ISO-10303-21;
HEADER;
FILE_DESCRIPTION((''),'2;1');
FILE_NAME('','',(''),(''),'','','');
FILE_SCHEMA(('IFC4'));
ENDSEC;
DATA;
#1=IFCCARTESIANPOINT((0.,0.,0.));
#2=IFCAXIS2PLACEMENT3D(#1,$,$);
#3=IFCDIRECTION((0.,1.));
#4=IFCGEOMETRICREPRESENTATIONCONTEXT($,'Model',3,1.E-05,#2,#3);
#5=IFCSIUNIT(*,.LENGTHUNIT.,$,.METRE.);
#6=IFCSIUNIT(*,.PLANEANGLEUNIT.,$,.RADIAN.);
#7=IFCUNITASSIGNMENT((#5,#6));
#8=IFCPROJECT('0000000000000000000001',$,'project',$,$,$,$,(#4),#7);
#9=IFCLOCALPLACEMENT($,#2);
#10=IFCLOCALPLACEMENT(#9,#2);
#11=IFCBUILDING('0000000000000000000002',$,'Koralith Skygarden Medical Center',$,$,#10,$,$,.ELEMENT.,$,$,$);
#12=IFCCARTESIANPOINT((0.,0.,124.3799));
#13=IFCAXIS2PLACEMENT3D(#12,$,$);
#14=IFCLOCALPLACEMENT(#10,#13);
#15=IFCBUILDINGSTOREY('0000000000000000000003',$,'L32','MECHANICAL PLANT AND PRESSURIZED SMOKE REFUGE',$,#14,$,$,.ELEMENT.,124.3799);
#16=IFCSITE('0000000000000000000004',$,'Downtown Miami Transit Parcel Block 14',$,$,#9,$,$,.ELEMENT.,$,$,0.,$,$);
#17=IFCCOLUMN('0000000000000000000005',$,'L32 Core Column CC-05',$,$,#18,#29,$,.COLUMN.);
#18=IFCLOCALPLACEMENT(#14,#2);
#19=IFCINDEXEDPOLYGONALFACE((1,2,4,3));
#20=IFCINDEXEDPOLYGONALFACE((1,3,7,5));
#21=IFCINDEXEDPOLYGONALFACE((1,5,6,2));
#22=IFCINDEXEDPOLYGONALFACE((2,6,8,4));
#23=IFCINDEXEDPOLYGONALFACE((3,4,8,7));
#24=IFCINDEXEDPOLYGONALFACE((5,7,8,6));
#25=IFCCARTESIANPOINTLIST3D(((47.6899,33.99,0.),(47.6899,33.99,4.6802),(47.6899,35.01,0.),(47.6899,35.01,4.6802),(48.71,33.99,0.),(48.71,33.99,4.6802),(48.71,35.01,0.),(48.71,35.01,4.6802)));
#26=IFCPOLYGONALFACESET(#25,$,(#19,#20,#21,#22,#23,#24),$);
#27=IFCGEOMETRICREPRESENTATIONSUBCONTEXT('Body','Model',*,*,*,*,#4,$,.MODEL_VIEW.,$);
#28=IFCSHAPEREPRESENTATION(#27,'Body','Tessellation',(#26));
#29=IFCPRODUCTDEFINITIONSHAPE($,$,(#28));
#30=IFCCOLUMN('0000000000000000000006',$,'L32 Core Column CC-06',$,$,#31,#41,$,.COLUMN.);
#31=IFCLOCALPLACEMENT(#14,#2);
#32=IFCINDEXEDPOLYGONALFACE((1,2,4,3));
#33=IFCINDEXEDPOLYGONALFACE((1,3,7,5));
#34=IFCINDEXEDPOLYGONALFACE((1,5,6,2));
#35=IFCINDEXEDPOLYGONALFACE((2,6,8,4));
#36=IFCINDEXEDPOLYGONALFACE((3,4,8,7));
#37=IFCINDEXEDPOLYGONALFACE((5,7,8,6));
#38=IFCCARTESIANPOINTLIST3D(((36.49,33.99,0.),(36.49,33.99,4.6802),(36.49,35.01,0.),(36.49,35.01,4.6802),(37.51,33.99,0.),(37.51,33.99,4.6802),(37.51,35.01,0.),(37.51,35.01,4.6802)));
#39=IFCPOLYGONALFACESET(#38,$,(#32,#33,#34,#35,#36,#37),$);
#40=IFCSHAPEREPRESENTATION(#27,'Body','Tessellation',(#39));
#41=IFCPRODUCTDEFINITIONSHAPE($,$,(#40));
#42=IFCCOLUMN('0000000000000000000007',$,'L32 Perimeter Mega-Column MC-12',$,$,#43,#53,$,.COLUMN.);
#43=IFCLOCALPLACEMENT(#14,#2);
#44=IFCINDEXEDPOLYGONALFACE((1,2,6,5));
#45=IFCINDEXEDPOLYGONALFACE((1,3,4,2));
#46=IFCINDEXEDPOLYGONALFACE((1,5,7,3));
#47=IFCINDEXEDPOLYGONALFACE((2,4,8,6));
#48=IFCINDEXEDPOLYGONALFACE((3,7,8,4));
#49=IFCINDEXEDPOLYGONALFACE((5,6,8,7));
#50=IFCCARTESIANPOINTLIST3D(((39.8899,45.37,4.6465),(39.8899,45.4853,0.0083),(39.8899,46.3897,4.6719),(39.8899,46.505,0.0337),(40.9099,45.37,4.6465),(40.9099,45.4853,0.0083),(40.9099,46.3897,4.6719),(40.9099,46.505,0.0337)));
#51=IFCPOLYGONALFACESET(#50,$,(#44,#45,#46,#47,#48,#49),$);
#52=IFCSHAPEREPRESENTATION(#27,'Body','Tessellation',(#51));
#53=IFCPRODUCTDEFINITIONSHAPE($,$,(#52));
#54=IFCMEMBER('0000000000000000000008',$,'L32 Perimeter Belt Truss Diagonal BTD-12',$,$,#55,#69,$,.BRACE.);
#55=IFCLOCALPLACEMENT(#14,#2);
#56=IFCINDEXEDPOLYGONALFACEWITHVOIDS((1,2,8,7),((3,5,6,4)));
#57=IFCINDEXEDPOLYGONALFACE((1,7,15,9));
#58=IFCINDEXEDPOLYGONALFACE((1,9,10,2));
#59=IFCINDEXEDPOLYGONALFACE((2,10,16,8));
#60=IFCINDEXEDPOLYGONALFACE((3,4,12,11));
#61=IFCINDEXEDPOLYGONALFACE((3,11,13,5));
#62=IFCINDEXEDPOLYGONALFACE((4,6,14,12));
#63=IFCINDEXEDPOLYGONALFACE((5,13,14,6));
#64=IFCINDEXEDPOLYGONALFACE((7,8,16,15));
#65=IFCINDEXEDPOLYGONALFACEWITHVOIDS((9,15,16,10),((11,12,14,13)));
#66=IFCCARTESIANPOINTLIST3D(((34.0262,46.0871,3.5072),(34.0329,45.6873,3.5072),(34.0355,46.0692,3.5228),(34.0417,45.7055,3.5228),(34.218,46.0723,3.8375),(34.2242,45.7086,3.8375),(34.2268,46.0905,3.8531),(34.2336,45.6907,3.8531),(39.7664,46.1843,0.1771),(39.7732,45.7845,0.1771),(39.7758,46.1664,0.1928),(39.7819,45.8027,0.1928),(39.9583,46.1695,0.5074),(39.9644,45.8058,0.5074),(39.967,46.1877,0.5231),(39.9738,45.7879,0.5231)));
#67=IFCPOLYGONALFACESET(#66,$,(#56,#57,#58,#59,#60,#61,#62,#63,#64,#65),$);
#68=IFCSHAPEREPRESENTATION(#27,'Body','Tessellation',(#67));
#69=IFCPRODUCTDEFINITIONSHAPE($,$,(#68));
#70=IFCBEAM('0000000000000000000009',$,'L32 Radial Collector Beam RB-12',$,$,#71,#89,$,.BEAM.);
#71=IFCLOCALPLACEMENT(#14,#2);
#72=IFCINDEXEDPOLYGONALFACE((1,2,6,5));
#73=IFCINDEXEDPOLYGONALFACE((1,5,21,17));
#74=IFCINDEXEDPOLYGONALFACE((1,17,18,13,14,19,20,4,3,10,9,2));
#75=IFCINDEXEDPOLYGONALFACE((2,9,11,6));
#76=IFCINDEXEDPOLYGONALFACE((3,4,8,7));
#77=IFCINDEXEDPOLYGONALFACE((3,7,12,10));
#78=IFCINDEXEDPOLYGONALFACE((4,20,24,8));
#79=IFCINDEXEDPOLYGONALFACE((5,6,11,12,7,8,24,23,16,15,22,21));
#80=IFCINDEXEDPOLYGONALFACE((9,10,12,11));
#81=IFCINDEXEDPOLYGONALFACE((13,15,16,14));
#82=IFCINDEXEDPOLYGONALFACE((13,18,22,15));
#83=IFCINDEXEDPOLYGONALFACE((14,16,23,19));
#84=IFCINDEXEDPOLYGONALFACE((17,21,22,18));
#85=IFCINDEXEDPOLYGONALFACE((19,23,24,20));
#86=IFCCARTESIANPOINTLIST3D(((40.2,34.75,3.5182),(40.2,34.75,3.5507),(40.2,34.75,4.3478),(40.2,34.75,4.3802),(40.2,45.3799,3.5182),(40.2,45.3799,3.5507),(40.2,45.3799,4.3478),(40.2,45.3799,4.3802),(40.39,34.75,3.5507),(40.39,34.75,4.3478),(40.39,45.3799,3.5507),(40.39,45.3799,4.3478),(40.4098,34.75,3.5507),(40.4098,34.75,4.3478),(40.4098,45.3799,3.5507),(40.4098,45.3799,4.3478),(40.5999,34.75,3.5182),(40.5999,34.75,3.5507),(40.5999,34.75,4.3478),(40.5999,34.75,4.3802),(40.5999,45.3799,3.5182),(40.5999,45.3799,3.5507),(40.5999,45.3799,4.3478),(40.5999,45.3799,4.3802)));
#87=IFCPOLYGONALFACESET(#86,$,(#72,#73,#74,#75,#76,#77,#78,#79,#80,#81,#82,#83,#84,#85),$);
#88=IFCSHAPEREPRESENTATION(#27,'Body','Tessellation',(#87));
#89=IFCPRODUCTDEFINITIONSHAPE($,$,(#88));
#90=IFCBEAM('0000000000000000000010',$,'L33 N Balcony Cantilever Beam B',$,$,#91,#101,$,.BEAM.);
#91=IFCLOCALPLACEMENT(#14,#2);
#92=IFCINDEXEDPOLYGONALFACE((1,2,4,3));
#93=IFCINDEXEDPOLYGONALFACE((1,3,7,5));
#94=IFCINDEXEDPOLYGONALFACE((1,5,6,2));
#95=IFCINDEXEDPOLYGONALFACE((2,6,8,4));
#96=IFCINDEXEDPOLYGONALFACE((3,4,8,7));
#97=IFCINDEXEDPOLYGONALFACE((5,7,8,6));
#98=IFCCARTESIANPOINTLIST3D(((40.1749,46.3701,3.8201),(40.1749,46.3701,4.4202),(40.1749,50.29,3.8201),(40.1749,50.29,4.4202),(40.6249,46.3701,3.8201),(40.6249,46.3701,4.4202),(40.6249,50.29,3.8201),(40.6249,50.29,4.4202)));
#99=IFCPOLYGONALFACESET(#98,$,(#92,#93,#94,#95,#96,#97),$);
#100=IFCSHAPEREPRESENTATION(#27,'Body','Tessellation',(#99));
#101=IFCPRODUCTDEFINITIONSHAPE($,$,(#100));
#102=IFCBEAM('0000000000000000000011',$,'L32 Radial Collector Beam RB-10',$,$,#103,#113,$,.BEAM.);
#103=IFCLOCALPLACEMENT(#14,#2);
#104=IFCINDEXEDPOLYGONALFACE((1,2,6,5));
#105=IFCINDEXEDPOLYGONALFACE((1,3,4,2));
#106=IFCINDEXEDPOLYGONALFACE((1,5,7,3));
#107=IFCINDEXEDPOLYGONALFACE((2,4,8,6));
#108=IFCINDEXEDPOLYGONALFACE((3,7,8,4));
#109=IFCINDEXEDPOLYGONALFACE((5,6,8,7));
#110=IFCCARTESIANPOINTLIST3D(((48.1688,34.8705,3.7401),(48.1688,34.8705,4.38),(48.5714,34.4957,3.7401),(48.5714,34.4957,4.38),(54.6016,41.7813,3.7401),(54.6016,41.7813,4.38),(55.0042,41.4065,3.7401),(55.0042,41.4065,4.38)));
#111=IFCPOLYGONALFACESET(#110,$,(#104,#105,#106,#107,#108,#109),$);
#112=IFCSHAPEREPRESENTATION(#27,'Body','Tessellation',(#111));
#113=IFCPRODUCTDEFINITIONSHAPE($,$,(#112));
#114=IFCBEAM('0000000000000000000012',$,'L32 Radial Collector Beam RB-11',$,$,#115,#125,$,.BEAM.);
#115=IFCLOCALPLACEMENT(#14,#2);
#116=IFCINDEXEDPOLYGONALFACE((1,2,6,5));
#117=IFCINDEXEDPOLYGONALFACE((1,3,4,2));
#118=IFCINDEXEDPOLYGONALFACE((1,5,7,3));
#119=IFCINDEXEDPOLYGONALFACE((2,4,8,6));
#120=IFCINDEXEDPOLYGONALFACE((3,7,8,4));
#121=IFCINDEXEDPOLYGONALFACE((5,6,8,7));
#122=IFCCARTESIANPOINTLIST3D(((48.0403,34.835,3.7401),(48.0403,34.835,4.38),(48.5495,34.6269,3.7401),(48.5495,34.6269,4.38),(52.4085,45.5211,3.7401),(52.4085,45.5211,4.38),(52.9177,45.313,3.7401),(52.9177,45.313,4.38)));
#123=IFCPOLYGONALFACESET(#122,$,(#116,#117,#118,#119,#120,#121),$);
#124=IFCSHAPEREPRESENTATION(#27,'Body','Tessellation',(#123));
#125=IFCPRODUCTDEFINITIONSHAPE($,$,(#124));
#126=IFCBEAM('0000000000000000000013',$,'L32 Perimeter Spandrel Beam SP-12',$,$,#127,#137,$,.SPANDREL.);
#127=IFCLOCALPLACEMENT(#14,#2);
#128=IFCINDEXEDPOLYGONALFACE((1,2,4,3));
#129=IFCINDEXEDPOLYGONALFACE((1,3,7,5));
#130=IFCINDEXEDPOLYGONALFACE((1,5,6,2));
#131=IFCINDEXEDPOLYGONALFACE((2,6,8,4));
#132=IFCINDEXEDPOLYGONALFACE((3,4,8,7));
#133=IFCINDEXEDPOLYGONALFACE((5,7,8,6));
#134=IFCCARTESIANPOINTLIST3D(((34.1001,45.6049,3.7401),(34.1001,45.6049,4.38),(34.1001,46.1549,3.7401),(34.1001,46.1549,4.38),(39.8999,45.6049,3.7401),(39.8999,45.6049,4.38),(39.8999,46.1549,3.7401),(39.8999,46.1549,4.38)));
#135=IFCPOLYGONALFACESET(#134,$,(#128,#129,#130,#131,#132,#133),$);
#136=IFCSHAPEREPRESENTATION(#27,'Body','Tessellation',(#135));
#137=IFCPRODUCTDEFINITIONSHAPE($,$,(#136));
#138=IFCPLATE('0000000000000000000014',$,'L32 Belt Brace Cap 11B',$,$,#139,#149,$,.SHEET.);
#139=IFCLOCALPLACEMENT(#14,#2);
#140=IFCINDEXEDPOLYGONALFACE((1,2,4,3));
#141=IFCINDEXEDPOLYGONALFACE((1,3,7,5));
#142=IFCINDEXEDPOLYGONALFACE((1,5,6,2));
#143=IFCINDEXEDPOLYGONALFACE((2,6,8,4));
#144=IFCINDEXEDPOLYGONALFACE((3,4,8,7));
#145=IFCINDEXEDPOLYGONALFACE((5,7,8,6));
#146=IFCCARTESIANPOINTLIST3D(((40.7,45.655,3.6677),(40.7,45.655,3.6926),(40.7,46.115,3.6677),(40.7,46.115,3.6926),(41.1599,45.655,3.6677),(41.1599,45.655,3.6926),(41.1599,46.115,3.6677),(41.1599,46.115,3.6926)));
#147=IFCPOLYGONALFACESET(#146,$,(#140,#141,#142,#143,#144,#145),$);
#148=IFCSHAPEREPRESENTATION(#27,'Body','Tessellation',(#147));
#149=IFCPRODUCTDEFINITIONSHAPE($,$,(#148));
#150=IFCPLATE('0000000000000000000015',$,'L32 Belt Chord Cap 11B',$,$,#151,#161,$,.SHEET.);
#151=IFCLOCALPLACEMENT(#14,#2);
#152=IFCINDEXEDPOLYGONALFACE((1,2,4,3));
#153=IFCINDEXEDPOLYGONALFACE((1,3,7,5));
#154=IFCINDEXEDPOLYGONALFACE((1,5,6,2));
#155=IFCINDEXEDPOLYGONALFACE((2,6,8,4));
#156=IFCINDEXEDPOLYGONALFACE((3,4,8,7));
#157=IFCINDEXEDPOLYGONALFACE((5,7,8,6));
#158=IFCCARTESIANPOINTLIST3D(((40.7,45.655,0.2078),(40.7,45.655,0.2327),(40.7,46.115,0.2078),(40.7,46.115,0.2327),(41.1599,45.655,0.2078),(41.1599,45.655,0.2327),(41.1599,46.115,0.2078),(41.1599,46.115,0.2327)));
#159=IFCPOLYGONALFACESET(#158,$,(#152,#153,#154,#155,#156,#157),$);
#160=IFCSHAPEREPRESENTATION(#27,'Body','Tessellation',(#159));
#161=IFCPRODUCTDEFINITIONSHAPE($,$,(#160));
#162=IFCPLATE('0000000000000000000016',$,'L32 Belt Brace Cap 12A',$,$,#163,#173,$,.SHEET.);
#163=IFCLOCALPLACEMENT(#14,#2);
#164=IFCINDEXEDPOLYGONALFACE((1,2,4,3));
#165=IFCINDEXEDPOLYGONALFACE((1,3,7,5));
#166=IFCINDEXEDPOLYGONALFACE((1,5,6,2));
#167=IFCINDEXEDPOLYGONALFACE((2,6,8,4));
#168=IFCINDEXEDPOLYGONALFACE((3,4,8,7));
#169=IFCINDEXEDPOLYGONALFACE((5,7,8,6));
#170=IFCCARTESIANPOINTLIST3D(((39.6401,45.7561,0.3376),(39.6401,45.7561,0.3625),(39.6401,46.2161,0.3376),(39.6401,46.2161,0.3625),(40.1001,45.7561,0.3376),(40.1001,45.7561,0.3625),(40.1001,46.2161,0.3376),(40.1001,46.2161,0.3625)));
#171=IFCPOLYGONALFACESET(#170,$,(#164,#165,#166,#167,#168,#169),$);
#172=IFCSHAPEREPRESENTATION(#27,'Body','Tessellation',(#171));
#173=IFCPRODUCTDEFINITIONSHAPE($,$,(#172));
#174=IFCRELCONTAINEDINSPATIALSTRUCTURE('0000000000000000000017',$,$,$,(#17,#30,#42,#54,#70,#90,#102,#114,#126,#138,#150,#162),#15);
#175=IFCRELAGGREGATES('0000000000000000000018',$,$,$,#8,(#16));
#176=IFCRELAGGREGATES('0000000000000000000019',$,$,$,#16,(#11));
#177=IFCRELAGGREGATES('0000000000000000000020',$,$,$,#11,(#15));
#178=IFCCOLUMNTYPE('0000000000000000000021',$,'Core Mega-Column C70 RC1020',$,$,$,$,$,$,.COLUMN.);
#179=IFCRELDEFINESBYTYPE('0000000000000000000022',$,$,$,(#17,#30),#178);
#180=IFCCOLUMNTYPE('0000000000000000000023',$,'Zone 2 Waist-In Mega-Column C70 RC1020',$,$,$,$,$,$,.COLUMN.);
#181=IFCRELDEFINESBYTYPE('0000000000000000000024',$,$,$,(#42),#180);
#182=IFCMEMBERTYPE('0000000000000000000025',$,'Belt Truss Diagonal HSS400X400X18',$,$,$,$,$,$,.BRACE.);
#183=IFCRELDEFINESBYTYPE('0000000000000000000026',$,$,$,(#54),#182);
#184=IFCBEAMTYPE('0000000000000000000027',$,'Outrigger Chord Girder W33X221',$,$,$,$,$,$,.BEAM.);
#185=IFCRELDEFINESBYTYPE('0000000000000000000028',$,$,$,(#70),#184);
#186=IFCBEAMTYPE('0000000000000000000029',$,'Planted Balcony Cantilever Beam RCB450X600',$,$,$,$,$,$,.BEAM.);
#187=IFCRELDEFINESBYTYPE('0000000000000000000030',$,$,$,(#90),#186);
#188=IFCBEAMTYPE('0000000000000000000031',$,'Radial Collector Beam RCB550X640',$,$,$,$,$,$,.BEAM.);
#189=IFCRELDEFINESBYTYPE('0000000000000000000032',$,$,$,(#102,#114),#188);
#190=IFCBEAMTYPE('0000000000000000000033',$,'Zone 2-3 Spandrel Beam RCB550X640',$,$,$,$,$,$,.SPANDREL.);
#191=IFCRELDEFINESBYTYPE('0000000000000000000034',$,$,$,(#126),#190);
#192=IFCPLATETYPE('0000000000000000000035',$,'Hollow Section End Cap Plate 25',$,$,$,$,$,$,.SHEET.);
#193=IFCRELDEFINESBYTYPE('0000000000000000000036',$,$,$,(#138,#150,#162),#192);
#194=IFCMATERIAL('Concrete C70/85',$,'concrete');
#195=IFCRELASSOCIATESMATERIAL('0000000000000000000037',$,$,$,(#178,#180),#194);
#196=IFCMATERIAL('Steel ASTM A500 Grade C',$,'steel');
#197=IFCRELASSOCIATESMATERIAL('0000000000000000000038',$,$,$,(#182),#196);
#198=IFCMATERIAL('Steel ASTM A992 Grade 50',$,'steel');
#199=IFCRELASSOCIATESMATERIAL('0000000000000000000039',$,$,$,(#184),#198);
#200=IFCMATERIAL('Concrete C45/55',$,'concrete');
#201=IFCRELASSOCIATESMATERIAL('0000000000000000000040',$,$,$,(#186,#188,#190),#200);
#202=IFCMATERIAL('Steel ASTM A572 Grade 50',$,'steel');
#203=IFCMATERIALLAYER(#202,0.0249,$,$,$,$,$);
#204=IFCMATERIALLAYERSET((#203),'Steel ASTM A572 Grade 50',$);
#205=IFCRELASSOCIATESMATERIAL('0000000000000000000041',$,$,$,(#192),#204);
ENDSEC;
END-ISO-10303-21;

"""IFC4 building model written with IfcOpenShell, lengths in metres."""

from ifc_helpers import new_model, si_unit, direction, frame, origin, origin_2d, place, context, subcontext, project, spatial, rectangle, hollow_rectangle, i_section, extrude, material, layer, layer_set, material_profile, profile_set, type_object, element, save


model = new_model("IFC4")

# Units and contexts
model_context = context("Model", 3, precision=1e-05, world=origin(), true_north=direction((0.0, 1.0)))
body_context = subcontext(model_context, "Body", "Model", "MODEL_VIEW")
ifc_project = project(units=[si_unit("LENGTHUNIT", "METRE"), si_unit("PLANEANGLEUNIT", "RADIAN")], contexts=[model_context])

# Site, building, storey
site_placement = place(None, origin())
site = spatial("IfcSite", under=ifc_project, at=site_placement, Name="Downtown Miami Transit Parcel Block 14", CompositionType="ELEMENT", RefElevation=0.0)
building_placement = place(site_placement, origin())
building = spatial("IfcBuilding", under=site, at=building_placement, Name="Koralith Skygarden Medical Center", CompositionType="ELEMENT")
storey_placement = place(building_placement, frame((0.0, 0.0, 124.3799)))
storey = spatial("IfcBuildingStorey", under=building, at=storey_placement, Name="L32", Description="MECHANICAL PLANT AND PRESSURIZED SMOKE REFUGE", CompositionType="ELEMENT", Elevation=124.3799)

# Columns
ifc_material_1 = material(Name="Concrete C70/85", Category="concrete")
ifc_material_profile_1 = material_profile(ifc_material_1, rectangle(XDim=1.02, YDim=1.02, at=origin_2d()), Name="RC1020X1020")
ifc_profile_set_1 = profile_set([ifc_material_profile_1], Name="Concrete C70/85")
column_type_1 = type_object("IfcColumnType", Name="Core Mega-Column C70 RC1020", PredefinedType="COLUMN", material=ifc_profile_set_1)
for number, where, z_axis, x_axis, name in (
    (1, (48.2, 34.5, 0.0), (0.0, 0.0, 1.0), (1.0, 0.0, 0.0), "L32 Core Column CC-05"),
    (2, (37.0, 34.5, 0.0), (0.0, 0.0, 1.0), (1.0, 0.0, 0.0), "L32 Core Column CC-06"),
):
    element("IfcColumn", number, at=place(storey_placement, frame(where, z_axis=z_axis, x_axis=x_axis)), inside=storey, type_object=column_type_1, Name=name, PredefinedType="COLUMN", context=body_context, shape_type="SweptSolid", body=[
        extrude(rectangle(XDim=1.02, YDim=1.02, at=origin_2d()), origin(), (0.0, 0.0, 1.0), 4.6802),
    ])
ifc_material_profile_2 = material_profile(ifc_material_1, rectangle(XDim=1.02, YDim=1.02, at=origin_2d()), Name="RC1020X1020")
ifc_profile_set_2 = profile_set([ifc_material_profile_2], Name="Concrete C70/85")
column_type_2 = type_object("IfcColumnType", Name="Zone 2 Waist-In Mega-Column C70 RC1020", PredefinedType="COLUMN", material=ifc_profile_set_2)
column_placement = place(storey_placement, frame((40.3999, 45.9951, 0.021), z_axis=(0.0, -0.024837, 0.999692), x_axis=(1.0, 0.0, 0.0)))
element("IfcColumn", 3, at=column_placement, inside=storey, type_object=column_type_2, Name="L32 Perimeter Mega-Column MC-12", PredefinedType="COLUMN", context=body_context, shape_type="SweptSolid", body=[
    extrude(rectangle(XDim=1.02, YDim=1.02, at=origin_2d()), origin(), (0.0, 0.0, 1.0), 4.6396),
])

# Member
ifc_material_2 = material(Name="Steel ASTM A500 Grade C", Category="steel")
ifc_material_profile_3 = material_profile(ifc_material_2, hollow_rectangle(XDim=0.3999, YDim=0.3999, WallThickness=0.0181, at=origin_2d()), Name="HSS400X400X18")
ifc_profile_set_3 = profile_set([ifc_material_profile_3], Name="Steel ASTM A500 Grade C")
member_type = type_object("IfcMemberType", Name="Belt Truss Diagonal HSS400X400X18", PredefinedType="BRACE", material=ifc_profile_set_3)
member_placement = place(storey_placement, frame((39.8701, 45.9861, 0.3501), z_axis=(-0.86489, -0.01464, 0.501748), x_axis=(0.016925, -0.999857, 0.0)))
element("IfcMember", 4, at=member_placement, inside=storey, type_object=member_type, Name="L32 Perimeter Belt Truss Diagonal BTD-12", PredefinedType="BRACE", context=body_context, shape_type="SweptSolid", body=[
    extrude(hollow_rectangle(XDim=0.3999, YDim=0.3999, WallThickness=0.0181, at=origin_2d()), origin(), (0.0, 0.0, 1.0), 6.637),
])

# Beams
ifc_material_3 = material(Name="Steel ASTM A992 Grade 50", Category="steel")
ifc_material_profile_4 = material_profile(ifc_material_3, i_section(OverallWidth=0.3999, OverallDepth=0.8621, WebThickness=0.0198, FlangeThickness=0.0325, at=origin_2d()), Name="W33X221")
ifc_profile_set_4 = profile_set([ifc_material_profile_4], Name="Steel ASTM A992 Grade 50")
beam_type_1 = type_object("IfcBeamType", Name="Outrigger Chord Girder W33X221", PredefinedType="BEAM", material=ifc_profile_set_4)
beam_1_placement = place(storey_placement, frame((40.3999, 34.75, 3.9492), z_axis=(0.0, 1.0, 0.0), x_axis=(-1.0, 0.0, 0.0)))
element("IfcBeam", 5, at=beam_1_placement, inside=storey, type_object=beam_type_1, Name="L32 Radial Collector Beam RB-12", PredefinedType="BEAM", context=body_context, shape_type="SweptSolid", body=[
    extrude(i_section(OverallWidth=0.3999, OverallDepth=0.8621, WebThickness=0.0198, FlangeThickness=0.0325, at=origin_2d()), origin(), (0.0, 0.0, 1.0), 10.6299),
])
ifc_material_4 = material(Name="Concrete C45/55", Category="concrete")
ifc_material_profile_5 = material_profile(ifc_material_4, rectangle(XDim=0.45, YDim=0.6001, at=origin_2d()), Name="RCB450X600")
ifc_profile_set_5 = profile_set([ifc_material_profile_5], Name="Concrete C45/55")
beam_type_2 = type_object("IfcBeamType", Name="Planted Balcony Cantilever Beam RCB450X600", PredefinedType="BEAM", material=ifc_profile_set_5)
beam_2_placement = place(storey_placement, frame((40.3999, 46.3701, 4.1201), z_axis=(0.0, 1.0, 0.0), x_axis=(-1.0, 0.0, 0.0)))
element("IfcBeam", 6, at=beam_2_placement, inside=storey, type_object=beam_type_2, Name="L33 N Balcony Cantilever Beam B", PredefinedType="BEAM", context=body_context, shape_type="SweptSolid", body=[
    extrude(rectangle(XDim=0.45, YDim=0.6001, at=origin_2d()), origin(), (0.0, 0.0, 1.0), 3.9199),
])
ifc_material_profile_6 = material_profile(ifc_material_4, rectangle(XDim=0.55, YDim=0.6399, at=origin_2d()), Name="RCB550X640")
ifc_profile_set_6 = profile_set([ifc_material_profile_6], Name="Concrete C45/55")
beam_type_3 = type_object("IfcBeamType", Name="Radial Collector Beam RCB550X640", PredefinedType="BEAM", material=ifc_profile_set_6)
beam_3_placement = place(storey_placement, frame((48.3701, 34.6831, 4.0601), z_axis=(0.681338, 0.731969, 0.0), x_axis=(-0.731969, 0.681338, 0.0)))
element("IfcBeam", 7, at=beam_3_placement, inside=storey, type_object=beam_type_3, Name="L32 Radial Collector Beam RB-10", PredefinedType="BEAM", context=body_context, shape_type="SweptSolid", body=[
    extrude(rectangle(XDim=0.55, YDim=0.6399, at=origin_2d()), origin(), (0.0, 0.0, 1.0), 9.4414),
])
beam_4_placement = place(storey_placement, frame((48.2949, 34.731, 4.0601), z_axis=(0.378381, 0.92565, 0.0), x_axis=(-0.92565, 0.378381, 0.0)))
element("IfcBeam", 8, at=beam_4_placement, inside=storey, type_object=beam_type_3, Name="L32 Radial Collector Beam RB-11", PredefinedType="BEAM", context=body_context, shape_type="SweptSolid", body=[
    extrude(rectangle(XDim=0.55, YDim=0.6399, at=origin_2d()), origin(), (0.0, 0.0, 1.0), 11.5444),
])
ifc_material_profile_7 = material_profile(ifc_material_4, rectangle(XDim=0.55, YDim=0.6399, at=origin_2d()), Name="RCB550X640")
ifc_profile_set_7 = profile_set([ifc_material_profile_7], Name="Concrete C45/55")
beam_type_4 = type_object("IfcBeamType", Name="Zone 2-3 Spandrel Beam RCB550X640", PredefinedType="SPANDREL", material=ifc_profile_set_7)
beam_5_placement = place(storey_placement, frame((39.8999, 45.8799, 4.0601), z_axis=(-1.0, 0.0, 0.0), x_axis=(0.0, -1.0, 0.0)))
element("IfcBeam", 9, at=beam_5_placement, inside=storey, type_object=beam_type_4, Name="L32 Perimeter Spandrel Beam SP-12", PredefinedType="SPANDREL", context=body_context, shape_type="SweptSolid", body=[
    extrude(rectangle(XDim=0.55, YDim=0.6399, at=origin_2d()), origin(), (0.0, 0.0, 1.0), 5.7998),
])

# Plates
ifc_material_5 = material(Name="Steel ASTM A572 Grade 50", Category="steel")
ifc_layer_1 = layer(ifc_material_5, 0.0249)
ifc_layer_set_1 = layer_set([ifc_layer_1], Name="Steel ASTM A572 Grade 50")
plate_type = type_object("IfcPlateType", Name="Hollow Section End Cap Plate 25", PredefinedType="SHEET", material=ifc_layer_set_1)
for number, where, z_axis, x_axis, name in (
    (10, (40.9299, 45.885, 3.6677), (0.0, 0.0, 1.0), (1.0, 0.0, 0.0), "L32 Belt Brace Cap 11B"),
    (11, (40.9299, 45.885, 0.2078), (0.0, 0.0, 1.0), (1.0, 0.0, 0.0), "L32 Belt Chord Cap 11B"),
    (12, (39.8701, 45.9861, 0.3376), (0.0, 0.0, 1.0), (1.0, 0.0, 0.0), "L32 Belt Brace Cap 12A"),
):
    element("IfcPlate", number, at=place(storey_placement, frame(where, z_axis=z_axis, x_axis=x_axis)), inside=storey, type_object=plate_type, Name=name, PredefinedType="SHEET", context=body_context, shape_type="SweptSolid", body=[
        extrude(rectangle(XDim=0.46, YDim=0.46, at=origin_2d()), origin(), (0.0, 0.0, 1.0), 0.0249),
    ])

save(model, "model.ifc")
